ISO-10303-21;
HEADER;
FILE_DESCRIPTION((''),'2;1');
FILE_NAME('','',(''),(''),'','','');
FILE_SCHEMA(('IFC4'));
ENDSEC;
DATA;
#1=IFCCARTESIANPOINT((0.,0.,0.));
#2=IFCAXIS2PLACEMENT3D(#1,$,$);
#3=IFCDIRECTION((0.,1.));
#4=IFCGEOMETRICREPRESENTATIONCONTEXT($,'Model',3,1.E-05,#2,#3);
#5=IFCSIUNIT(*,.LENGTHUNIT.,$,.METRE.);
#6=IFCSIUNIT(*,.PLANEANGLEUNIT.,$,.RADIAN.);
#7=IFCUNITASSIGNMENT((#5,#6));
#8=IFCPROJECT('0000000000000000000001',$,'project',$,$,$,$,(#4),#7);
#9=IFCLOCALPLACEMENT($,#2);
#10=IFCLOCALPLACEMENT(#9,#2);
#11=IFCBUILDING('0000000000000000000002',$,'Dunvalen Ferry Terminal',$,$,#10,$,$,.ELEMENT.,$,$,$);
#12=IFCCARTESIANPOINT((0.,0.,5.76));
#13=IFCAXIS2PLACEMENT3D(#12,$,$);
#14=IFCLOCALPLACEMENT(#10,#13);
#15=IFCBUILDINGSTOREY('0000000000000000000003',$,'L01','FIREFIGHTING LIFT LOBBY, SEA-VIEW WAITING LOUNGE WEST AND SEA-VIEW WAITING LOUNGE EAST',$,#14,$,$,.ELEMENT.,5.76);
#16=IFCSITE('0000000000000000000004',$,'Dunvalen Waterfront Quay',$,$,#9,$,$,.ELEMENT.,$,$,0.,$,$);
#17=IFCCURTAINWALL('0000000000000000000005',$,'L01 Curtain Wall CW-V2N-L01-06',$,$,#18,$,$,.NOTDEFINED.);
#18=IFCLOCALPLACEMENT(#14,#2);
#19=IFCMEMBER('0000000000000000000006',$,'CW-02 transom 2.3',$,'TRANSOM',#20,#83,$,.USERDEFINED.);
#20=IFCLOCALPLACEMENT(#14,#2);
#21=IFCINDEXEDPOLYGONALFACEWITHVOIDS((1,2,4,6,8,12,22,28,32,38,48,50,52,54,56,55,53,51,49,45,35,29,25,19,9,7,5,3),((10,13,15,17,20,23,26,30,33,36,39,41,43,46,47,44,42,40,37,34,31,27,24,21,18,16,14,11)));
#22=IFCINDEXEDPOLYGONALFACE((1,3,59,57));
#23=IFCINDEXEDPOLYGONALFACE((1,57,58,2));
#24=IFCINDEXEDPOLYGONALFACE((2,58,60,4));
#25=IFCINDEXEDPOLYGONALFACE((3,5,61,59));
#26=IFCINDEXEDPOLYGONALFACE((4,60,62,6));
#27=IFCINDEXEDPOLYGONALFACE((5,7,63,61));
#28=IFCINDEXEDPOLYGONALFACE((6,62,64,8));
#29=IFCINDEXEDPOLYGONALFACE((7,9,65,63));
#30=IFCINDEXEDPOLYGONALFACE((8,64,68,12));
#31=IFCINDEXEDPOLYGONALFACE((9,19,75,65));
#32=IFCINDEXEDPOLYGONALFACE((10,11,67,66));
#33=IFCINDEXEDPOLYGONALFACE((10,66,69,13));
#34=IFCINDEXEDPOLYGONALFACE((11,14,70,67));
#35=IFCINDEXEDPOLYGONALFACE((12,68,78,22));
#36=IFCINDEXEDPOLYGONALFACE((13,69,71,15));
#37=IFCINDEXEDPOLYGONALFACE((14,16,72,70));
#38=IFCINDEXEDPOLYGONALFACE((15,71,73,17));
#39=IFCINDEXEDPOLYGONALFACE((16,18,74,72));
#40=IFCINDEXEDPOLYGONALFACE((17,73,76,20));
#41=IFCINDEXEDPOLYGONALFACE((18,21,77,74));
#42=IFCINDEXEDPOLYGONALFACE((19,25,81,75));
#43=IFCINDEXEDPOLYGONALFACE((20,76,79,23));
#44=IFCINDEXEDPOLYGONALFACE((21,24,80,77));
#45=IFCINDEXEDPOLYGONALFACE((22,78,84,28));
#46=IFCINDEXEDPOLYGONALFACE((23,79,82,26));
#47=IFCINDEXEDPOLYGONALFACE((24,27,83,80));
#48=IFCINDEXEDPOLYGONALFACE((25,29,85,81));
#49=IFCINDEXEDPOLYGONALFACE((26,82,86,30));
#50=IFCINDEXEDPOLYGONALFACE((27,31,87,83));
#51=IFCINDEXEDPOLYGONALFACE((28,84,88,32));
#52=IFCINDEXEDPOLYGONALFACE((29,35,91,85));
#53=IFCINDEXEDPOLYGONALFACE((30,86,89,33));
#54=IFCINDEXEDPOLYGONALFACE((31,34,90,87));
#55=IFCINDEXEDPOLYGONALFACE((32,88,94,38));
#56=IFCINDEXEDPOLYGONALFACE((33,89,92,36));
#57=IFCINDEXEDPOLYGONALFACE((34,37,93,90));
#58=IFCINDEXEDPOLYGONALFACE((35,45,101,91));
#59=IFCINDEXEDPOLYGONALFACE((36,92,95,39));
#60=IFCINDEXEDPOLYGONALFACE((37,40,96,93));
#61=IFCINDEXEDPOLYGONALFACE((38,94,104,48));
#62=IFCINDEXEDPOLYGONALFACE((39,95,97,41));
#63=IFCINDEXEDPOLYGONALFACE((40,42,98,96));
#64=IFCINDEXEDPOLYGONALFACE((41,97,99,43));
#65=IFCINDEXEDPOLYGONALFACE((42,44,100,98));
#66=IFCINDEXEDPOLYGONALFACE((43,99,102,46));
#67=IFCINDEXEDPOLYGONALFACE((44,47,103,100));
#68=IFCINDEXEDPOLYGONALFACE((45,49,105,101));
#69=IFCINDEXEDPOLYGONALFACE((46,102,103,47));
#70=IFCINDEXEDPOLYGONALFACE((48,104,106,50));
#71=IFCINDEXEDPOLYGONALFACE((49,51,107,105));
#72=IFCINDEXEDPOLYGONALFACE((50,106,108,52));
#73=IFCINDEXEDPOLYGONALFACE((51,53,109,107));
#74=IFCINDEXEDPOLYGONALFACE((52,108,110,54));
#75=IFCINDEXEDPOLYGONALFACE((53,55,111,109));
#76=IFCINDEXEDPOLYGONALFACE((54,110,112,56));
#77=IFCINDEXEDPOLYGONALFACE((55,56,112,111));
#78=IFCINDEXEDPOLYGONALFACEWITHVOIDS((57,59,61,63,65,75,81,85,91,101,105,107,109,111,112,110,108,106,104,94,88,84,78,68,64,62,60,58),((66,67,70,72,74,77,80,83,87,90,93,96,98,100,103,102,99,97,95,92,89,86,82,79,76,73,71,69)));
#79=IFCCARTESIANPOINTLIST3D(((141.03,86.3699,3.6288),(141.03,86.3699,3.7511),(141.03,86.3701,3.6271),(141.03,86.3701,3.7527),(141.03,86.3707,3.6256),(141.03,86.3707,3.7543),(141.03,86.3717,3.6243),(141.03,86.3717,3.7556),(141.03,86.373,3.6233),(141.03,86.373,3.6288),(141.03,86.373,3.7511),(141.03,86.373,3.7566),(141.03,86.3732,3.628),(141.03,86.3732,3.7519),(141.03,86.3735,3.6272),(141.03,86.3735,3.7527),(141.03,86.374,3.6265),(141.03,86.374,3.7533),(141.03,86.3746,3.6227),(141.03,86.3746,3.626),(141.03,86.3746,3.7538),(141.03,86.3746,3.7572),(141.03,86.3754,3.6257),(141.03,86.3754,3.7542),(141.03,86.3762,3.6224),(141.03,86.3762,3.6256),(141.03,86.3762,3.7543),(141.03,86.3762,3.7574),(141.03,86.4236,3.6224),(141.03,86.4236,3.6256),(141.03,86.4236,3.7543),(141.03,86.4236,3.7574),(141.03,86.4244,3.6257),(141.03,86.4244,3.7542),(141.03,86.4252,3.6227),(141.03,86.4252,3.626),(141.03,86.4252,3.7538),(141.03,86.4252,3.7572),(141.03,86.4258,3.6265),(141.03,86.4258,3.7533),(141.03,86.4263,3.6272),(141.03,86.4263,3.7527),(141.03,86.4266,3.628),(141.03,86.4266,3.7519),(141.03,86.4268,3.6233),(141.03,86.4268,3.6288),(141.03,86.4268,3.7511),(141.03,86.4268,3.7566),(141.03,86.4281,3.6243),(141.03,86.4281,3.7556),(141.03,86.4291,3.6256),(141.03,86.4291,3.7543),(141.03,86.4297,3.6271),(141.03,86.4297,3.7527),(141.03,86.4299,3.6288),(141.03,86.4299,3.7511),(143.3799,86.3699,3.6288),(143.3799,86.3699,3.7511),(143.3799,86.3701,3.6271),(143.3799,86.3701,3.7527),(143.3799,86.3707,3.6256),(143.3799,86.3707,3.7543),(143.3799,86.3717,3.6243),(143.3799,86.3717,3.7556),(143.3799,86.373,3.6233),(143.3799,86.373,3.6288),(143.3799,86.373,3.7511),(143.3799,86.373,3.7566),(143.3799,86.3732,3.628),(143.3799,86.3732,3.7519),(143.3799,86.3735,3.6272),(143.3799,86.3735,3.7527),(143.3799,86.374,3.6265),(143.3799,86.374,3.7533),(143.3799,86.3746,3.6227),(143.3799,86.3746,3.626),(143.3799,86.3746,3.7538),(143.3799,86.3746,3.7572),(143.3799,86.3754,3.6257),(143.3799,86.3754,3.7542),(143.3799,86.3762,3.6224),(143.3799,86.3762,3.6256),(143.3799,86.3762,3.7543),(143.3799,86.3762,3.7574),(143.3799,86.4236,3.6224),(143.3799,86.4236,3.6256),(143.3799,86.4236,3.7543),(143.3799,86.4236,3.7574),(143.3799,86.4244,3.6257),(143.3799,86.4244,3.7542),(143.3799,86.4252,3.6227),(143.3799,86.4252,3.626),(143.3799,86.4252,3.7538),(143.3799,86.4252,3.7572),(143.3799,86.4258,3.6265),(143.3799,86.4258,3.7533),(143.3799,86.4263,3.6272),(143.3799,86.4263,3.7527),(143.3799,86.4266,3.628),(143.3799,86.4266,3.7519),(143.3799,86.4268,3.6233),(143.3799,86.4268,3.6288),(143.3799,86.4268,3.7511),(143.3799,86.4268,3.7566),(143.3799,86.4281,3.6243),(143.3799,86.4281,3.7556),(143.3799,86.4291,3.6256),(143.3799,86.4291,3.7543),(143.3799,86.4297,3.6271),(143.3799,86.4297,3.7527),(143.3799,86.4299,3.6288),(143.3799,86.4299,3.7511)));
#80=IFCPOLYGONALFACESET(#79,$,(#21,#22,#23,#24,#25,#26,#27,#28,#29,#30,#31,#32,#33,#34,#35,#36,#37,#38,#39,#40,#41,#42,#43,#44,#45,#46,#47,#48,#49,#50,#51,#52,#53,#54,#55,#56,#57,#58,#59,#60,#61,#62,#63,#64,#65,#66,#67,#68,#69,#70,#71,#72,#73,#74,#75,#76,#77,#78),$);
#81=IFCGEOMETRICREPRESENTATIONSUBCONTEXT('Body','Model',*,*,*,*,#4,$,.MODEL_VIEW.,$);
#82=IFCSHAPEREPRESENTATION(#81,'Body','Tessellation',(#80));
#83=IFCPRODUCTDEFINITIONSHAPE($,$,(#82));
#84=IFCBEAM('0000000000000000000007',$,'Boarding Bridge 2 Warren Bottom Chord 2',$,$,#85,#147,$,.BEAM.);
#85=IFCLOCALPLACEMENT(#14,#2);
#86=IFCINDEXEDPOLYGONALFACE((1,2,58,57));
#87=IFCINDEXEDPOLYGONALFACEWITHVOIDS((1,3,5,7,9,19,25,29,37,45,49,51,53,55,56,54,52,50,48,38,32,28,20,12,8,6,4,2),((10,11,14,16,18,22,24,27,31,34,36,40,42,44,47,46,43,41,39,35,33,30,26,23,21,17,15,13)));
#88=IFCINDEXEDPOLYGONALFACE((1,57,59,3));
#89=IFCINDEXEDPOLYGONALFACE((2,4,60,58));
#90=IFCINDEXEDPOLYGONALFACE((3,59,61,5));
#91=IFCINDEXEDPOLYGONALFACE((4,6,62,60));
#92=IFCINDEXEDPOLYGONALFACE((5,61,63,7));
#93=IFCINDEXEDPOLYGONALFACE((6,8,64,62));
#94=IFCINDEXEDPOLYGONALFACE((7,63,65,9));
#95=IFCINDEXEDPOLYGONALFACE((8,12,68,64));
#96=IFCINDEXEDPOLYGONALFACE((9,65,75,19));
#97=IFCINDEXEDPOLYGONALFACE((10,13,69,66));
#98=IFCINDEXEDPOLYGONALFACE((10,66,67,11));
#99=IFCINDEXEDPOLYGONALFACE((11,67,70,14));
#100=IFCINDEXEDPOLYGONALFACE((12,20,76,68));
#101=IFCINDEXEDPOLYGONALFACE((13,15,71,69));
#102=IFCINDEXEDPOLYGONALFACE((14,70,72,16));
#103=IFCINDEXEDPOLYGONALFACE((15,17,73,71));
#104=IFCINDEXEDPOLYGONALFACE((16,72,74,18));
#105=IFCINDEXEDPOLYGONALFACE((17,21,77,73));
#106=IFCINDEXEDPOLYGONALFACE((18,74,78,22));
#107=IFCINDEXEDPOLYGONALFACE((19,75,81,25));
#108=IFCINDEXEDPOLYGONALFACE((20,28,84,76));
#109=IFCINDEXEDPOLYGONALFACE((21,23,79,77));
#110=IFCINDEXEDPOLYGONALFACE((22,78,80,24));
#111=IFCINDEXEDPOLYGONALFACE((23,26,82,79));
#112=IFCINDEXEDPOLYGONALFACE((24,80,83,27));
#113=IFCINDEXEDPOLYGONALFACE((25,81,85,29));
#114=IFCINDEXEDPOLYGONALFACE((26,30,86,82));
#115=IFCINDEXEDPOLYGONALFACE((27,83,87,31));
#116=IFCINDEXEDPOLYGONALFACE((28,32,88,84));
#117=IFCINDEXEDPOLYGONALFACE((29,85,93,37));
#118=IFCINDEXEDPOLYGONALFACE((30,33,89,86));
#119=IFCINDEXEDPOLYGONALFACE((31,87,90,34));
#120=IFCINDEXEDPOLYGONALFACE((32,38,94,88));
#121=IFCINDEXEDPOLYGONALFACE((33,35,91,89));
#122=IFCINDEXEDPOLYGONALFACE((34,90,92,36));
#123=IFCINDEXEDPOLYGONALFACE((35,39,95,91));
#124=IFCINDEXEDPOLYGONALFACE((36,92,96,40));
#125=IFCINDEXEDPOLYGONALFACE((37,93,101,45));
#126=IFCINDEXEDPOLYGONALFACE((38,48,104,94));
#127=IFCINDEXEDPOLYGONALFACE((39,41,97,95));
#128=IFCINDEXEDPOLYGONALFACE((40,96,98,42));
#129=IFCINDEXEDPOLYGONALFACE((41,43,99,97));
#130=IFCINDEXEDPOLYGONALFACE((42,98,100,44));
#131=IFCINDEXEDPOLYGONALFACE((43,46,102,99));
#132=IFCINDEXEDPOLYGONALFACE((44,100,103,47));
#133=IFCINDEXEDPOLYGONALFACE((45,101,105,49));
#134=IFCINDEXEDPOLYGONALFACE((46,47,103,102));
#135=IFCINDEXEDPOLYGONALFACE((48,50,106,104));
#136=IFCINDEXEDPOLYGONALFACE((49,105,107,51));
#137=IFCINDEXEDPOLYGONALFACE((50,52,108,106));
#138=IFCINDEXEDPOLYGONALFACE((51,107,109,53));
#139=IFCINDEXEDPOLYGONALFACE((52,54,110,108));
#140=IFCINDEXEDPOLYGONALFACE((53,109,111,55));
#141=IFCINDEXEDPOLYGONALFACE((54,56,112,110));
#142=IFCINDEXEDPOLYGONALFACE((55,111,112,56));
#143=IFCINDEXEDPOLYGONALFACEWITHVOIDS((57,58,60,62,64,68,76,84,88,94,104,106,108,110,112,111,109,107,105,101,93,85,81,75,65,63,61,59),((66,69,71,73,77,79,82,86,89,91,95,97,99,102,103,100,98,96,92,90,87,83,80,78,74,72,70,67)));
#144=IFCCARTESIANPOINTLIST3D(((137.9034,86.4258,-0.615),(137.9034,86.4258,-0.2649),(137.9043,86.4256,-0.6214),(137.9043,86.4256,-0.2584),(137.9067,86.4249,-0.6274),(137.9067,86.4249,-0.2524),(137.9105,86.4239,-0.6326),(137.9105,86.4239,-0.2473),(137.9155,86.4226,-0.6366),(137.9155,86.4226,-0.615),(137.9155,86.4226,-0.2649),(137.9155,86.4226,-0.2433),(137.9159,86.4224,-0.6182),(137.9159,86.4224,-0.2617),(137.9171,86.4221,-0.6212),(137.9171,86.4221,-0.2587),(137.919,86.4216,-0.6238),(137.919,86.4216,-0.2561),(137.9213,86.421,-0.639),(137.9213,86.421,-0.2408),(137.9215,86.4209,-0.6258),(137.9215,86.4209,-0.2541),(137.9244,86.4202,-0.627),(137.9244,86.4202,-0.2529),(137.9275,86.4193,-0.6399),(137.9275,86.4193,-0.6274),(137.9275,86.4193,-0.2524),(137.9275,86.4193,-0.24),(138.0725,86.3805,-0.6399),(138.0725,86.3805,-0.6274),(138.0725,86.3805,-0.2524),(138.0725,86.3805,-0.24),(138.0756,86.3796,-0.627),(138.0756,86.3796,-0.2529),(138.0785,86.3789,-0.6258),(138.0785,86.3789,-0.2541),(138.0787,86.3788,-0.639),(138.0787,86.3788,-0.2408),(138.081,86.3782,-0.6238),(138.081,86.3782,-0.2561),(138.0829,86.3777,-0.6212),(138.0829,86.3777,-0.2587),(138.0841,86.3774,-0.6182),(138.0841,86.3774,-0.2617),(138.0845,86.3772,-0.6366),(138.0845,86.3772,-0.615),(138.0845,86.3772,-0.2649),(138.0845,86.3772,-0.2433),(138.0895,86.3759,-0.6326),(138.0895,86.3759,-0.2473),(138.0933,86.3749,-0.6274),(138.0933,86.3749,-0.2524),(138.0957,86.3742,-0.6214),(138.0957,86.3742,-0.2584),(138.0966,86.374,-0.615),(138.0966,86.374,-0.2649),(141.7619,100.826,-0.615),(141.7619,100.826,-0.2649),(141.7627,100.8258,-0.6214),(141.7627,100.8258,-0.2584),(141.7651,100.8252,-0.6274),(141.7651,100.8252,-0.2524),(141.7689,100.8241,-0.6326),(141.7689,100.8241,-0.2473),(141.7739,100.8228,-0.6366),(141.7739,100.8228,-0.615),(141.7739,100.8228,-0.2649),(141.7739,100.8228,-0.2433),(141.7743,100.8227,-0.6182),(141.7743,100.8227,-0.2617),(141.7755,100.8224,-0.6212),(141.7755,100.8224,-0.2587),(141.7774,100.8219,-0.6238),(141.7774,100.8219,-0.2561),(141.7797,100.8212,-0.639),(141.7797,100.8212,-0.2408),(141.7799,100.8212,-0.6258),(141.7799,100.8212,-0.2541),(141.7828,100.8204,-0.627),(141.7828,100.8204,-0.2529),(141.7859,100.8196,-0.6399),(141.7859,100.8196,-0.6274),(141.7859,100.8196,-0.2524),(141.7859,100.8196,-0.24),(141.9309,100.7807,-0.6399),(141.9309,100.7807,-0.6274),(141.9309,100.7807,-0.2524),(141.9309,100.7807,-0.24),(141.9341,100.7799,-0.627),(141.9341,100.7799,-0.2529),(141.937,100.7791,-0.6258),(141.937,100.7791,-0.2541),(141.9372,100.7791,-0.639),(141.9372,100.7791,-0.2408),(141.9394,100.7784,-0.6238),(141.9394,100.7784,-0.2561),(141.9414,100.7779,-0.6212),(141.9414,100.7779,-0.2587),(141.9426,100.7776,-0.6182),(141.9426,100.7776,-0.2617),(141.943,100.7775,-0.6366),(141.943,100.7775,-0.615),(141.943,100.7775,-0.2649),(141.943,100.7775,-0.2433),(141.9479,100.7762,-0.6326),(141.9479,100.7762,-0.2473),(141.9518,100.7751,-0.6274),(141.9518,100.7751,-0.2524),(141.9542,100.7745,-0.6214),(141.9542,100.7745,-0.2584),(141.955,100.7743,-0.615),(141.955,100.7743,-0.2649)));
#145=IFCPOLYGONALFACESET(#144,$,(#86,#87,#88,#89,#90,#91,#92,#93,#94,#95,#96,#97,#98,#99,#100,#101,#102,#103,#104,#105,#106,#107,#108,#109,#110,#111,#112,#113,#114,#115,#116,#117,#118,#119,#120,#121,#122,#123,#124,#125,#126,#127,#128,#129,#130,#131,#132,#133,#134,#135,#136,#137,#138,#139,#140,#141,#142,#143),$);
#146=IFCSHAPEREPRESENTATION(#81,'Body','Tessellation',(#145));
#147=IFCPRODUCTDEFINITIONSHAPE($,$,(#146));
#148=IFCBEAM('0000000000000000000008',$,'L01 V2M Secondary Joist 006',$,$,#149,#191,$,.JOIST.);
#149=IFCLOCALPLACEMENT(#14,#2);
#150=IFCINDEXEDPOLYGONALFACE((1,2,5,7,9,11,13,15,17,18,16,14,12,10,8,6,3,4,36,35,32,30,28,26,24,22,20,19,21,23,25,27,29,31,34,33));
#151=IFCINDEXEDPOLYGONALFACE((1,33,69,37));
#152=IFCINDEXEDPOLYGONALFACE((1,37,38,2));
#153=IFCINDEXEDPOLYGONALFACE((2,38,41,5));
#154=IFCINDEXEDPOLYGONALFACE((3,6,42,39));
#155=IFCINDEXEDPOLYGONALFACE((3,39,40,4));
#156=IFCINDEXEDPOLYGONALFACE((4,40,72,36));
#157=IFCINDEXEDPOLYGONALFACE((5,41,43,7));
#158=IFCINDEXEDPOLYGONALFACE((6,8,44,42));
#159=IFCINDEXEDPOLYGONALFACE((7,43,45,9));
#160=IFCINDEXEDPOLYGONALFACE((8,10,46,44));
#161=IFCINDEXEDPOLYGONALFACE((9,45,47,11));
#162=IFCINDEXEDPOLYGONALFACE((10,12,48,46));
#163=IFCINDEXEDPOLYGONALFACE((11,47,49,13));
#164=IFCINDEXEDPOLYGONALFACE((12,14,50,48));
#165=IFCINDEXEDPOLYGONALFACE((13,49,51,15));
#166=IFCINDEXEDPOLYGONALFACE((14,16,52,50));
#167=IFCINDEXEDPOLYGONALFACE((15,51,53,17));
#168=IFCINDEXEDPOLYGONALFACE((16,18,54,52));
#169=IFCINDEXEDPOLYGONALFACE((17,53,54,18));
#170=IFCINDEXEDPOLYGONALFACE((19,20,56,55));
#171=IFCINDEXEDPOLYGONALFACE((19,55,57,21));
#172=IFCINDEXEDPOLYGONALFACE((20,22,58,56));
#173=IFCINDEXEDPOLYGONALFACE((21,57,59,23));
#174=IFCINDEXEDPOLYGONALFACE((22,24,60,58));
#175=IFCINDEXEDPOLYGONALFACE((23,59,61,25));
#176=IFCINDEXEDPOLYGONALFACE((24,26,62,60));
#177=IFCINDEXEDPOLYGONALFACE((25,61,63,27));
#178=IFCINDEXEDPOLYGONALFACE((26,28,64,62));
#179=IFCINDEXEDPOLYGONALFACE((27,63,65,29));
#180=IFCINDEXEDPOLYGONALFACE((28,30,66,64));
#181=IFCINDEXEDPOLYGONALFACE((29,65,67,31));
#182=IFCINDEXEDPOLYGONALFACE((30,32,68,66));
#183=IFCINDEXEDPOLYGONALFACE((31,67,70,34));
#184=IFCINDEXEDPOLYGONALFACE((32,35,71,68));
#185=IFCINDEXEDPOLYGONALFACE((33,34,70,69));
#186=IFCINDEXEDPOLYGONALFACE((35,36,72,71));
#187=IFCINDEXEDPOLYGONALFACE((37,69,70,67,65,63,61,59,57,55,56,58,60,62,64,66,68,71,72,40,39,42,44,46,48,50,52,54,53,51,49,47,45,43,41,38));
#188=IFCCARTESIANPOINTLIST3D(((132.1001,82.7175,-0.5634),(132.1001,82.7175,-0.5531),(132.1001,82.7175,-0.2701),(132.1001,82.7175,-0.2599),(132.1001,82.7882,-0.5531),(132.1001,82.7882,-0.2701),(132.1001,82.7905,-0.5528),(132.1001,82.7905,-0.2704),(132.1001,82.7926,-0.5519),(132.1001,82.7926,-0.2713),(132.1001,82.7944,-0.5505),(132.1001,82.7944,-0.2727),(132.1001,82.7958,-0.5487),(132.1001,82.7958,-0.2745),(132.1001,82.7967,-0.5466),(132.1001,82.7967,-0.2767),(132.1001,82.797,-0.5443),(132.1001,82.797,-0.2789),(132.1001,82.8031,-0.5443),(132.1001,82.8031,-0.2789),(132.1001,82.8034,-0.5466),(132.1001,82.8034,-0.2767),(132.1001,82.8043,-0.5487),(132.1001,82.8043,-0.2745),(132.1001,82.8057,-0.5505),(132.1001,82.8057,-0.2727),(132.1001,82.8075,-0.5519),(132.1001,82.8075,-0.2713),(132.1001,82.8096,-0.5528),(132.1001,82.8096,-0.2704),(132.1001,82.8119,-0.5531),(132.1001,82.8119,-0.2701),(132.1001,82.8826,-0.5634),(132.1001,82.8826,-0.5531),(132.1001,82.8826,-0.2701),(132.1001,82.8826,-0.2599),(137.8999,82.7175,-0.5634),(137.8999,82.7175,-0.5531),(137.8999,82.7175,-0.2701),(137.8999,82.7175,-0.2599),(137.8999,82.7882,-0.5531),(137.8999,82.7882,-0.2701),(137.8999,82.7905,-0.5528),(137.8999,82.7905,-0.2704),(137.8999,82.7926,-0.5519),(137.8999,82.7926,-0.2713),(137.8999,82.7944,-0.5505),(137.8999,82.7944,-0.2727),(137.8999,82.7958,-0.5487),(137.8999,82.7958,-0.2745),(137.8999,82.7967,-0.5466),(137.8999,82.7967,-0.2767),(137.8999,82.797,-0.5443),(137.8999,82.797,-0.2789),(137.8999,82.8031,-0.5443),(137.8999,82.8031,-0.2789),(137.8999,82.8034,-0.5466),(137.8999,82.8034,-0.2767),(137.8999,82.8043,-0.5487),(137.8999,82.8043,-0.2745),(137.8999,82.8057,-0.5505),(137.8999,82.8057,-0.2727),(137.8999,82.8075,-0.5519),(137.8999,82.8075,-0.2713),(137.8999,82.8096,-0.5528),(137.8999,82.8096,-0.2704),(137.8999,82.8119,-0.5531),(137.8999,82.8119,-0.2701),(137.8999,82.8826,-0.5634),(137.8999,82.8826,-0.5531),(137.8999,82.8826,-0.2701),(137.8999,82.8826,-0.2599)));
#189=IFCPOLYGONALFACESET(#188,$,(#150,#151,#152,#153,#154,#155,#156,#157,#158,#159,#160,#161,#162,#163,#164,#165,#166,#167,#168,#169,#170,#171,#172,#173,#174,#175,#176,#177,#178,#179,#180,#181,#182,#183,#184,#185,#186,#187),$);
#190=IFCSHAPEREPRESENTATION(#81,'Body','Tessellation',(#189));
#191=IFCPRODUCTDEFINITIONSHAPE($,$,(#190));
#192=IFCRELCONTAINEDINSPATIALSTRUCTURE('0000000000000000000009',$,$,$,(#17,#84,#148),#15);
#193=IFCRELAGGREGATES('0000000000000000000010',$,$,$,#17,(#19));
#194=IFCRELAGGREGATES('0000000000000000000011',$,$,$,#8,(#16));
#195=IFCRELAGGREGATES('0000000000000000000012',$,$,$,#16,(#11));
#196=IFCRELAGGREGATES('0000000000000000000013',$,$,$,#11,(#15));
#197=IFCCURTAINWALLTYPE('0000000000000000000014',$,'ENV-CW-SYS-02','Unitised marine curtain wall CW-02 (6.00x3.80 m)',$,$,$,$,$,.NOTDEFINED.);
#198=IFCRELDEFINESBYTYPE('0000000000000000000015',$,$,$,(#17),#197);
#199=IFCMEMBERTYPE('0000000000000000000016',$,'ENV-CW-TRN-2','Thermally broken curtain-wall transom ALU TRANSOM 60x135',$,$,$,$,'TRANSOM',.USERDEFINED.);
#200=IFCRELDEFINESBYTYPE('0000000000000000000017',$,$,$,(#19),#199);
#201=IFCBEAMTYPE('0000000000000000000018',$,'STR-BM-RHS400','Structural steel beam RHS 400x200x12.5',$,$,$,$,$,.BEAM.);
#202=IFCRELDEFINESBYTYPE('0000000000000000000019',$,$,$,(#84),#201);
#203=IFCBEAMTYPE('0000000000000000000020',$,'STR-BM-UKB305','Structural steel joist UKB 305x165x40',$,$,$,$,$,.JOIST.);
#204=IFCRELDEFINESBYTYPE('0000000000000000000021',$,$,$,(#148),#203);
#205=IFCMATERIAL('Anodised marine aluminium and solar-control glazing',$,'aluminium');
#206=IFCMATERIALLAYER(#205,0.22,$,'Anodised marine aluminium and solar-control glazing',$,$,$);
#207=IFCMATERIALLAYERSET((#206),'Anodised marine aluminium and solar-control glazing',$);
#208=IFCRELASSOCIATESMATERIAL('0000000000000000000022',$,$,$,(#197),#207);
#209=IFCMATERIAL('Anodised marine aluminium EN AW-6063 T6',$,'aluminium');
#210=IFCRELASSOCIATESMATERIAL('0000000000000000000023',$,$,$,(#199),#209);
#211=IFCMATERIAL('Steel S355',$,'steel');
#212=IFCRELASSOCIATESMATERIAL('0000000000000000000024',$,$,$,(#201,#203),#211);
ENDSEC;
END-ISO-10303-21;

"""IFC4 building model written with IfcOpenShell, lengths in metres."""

from ifc_helpers import new_model, si_unit, direction, frame, origin, origin_2d, place, context, subcontext, project, spatial, hollow_rectangle, i_section, extrude, material, layer, layer_set, material_profile, profile_set, type_object, element, aggregate, save


model = new_model("IFC4")

# Units and contexts
model_context = context("Model", 3, precision=1e-05, world=origin(), true_north=direction((0.0, 1.0)))
body_context = subcontext(model_context, "Body", "Model", "MODEL_VIEW")
ifc_project = project(units=[si_unit("LENGTHUNIT", "METRE"), si_unit("PLANEANGLEUNIT", "RADIAN")], contexts=[model_context])

# Site, building, storey
site_placement = place(None, origin())
site = spatial("IfcSite", under=ifc_project, at=site_placement, Name="Dunvalen Waterfront Quay", CompositionType="ELEMENT", RefElevation=0.0)
building_placement = place(site_placement, origin())
building = spatial("IfcBuilding", under=site, at=building_placement, Name="Dunvalen Ferry Terminal", CompositionType="ELEMENT")
storey_placement = place(building_placement, frame((0.0, 0.0, 5.76)))
storey = spatial("IfcBuildingStorey", under=building, at=storey_placement, Name="L01", Description="FIREFIGHTING LIFT LOBBY, SEA-VIEW WAITING LOUNGE WEST AND SEA-VIEW WAITING LOUNGE EAST", CompositionType="ELEMENT", Elevation=5.76)

# Curtain wall, member
ifc_material_1 = material(Name="Anodised marine aluminium and solar-control glazing", Category="aluminium")
ifc_layer_1 = layer(ifc_material_1, 0.22, Name="Anodised marine aluminium and solar-control glazing")
ifc_layer_set_1 = layer_set([ifc_layer_1], Name="Anodised marine aluminium and solar-control glazing")
curtain_wall_type = type_object("IfcCurtainWallType", Name="ENV-CW-SYS-02", Description="Unitised marine curtain wall CW-02 (6.00x3.80 m)", PredefinedType="NOTDEFINED", material=ifc_layer_set_1)
curtain_wall_placement = place(storey_placement, origin())
curtain_wall = element("IfcCurtainWall", 1, at=curtain_wall_placement, inside=storey, type_object=curtain_wall_type, Name="L01 Curtain Wall CW-V2N-L01-06", PredefinedType="NOTDEFINED")
ifc_material_2 = material(Name="Anodised marine aluminium EN AW-6063 T6", Category="aluminium")
ifc_material_profile_1 = material_profile(ifc_material_2, hollow_rectangle(XDim=0.0601, YDim=0.135, WallThickness=0.0032, InnerFilletRadius=0.0032, OuterFilletRadius=0.0063, at=origin_2d()), Name="Anodised marine aluminium EN AW-6063 T6")
ifc_profile_set_1 = profile_set([ifc_material_profile_1], Name="Anodised marine aluminium EN AW-6063 T6")
member_type_1 = type_object("IfcMemberType", Name="ENV-CW-TRN-2", Description="Thermally broken curtain-wall transom ALU TRANSOM 60x135", ElementType="TRANSOM", PredefinedType="USERDEFINED", material=ifc_profile_set_1)
member_1_placement = place(storey_placement, frame((141.03, 86.3999, 3.6899), z_axis=(1.0, 0.0, 0.0), x_axis=(0.0, 1.0, 0.0)))
member_1 = element("IfcMember", 2, at=member_1_placement, type_object=member_type_1, Name="CW-02 transom 2.3", ObjectType="TRANSOM", PredefinedType="USERDEFINED", context=body_context, shape_type="SweptSolid", body=[
    extrude(hollow_rectangle(XDim=0.0601, YDim=0.135, WallThickness=0.0032, InnerFilletRadius=0.0032, OuterFilletRadius=0.0063, at=origin_2d()), origin(), (0.0, 0.0, 1.0), 2.3499),
])

# Beams
ifc_material_3 = material(Name="Steel S355", Category="steel")
ifc_material_profile_2 = material_profile(ifc_material_3, hollow_rectangle(XDim=0.2, YDim=0.3999, WallThickness=0.0125, InnerFilletRadius=0.0125, OuterFilletRadius=0.0249, at=origin_2d()), Name="Steel S355")
ifc_profile_set_2 = profile_set([ifc_material_profile_2], Name="Steel S355")
beam_type_1 = type_object("IfcBeamType", Name="STR-BM-RHS400", Description="Structural steel beam RHS 400x200x12.5", PredefinedType="BEAM", material=ifc_profile_set_2)
beam_1_placement = place(storey_placement, frame((138.0, 86.3999, -0.4399), z_axis=(0.258812, 0.965928, 0.0), x_axis=(-0.965928, 0.258812, 0.0)))
element("IfcBeam", 3, at=beam_1_placement, inside=storey, type_object=beam_type_1, Name="Boarding Bridge 2 Warren Bottom Chord 2", PredefinedType="BEAM", context=body_context, shape_type="SweptSolid", body=[
    extrude(hollow_rectangle(XDim=0.2, YDim=0.3999, WallThickness=0.0125, InnerFilletRadius=0.0125, OuterFilletRadius=0.0249, at=origin_2d()), origin(), (0.0, 0.0, 1.0), 14.9082),
])
ifc_material_profile_3 = material_profile(ifc_material_3, i_section(OverallWidth=0.165, OverallDepth=0.3035, WebThickness=0.0061, FlangeThickness=0.0103, FilletRadius=0.0088, at=origin_2d()), Name="Steel S355")
ifc_profile_set_3 = profile_set([ifc_material_profile_3], Name="Steel S355")
beam_type_2 = type_object("IfcBeamType", Name="STR-BM-UKB305", Description="Structural steel joist UKB 305x165x40", PredefinedType="JOIST", material=ifc_profile_set_3)
for number, where, z_axis, x_axis, name in (
    (4, (132.1001, 82.8, -0.4116), (1.0, 0.0, 0.0), (0.0, 1.0, 0.0), "L01 V2M Secondary Joist 006"),
):
    element("IfcBeam", number, at=place(storey_placement, frame(where, z_axis=z_axis, x_axis=x_axis)), inside=storey, type_object=beam_type_2, Name=name, PredefinedType="JOIST", context=body_context, shape_type="SweptSolid", body=[
        extrude(i_section(OverallWidth=0.165, OverallDepth=0.3035, WebThickness=0.0061, FlangeThickness=0.0103, FilletRadius=0.0088, at=origin_2d()), origin(), (0.0, 0.0, 1.0), 5.7998),
    ])

aggregate(curtain_wall, [member_1])

save(model, "model.ifc")
